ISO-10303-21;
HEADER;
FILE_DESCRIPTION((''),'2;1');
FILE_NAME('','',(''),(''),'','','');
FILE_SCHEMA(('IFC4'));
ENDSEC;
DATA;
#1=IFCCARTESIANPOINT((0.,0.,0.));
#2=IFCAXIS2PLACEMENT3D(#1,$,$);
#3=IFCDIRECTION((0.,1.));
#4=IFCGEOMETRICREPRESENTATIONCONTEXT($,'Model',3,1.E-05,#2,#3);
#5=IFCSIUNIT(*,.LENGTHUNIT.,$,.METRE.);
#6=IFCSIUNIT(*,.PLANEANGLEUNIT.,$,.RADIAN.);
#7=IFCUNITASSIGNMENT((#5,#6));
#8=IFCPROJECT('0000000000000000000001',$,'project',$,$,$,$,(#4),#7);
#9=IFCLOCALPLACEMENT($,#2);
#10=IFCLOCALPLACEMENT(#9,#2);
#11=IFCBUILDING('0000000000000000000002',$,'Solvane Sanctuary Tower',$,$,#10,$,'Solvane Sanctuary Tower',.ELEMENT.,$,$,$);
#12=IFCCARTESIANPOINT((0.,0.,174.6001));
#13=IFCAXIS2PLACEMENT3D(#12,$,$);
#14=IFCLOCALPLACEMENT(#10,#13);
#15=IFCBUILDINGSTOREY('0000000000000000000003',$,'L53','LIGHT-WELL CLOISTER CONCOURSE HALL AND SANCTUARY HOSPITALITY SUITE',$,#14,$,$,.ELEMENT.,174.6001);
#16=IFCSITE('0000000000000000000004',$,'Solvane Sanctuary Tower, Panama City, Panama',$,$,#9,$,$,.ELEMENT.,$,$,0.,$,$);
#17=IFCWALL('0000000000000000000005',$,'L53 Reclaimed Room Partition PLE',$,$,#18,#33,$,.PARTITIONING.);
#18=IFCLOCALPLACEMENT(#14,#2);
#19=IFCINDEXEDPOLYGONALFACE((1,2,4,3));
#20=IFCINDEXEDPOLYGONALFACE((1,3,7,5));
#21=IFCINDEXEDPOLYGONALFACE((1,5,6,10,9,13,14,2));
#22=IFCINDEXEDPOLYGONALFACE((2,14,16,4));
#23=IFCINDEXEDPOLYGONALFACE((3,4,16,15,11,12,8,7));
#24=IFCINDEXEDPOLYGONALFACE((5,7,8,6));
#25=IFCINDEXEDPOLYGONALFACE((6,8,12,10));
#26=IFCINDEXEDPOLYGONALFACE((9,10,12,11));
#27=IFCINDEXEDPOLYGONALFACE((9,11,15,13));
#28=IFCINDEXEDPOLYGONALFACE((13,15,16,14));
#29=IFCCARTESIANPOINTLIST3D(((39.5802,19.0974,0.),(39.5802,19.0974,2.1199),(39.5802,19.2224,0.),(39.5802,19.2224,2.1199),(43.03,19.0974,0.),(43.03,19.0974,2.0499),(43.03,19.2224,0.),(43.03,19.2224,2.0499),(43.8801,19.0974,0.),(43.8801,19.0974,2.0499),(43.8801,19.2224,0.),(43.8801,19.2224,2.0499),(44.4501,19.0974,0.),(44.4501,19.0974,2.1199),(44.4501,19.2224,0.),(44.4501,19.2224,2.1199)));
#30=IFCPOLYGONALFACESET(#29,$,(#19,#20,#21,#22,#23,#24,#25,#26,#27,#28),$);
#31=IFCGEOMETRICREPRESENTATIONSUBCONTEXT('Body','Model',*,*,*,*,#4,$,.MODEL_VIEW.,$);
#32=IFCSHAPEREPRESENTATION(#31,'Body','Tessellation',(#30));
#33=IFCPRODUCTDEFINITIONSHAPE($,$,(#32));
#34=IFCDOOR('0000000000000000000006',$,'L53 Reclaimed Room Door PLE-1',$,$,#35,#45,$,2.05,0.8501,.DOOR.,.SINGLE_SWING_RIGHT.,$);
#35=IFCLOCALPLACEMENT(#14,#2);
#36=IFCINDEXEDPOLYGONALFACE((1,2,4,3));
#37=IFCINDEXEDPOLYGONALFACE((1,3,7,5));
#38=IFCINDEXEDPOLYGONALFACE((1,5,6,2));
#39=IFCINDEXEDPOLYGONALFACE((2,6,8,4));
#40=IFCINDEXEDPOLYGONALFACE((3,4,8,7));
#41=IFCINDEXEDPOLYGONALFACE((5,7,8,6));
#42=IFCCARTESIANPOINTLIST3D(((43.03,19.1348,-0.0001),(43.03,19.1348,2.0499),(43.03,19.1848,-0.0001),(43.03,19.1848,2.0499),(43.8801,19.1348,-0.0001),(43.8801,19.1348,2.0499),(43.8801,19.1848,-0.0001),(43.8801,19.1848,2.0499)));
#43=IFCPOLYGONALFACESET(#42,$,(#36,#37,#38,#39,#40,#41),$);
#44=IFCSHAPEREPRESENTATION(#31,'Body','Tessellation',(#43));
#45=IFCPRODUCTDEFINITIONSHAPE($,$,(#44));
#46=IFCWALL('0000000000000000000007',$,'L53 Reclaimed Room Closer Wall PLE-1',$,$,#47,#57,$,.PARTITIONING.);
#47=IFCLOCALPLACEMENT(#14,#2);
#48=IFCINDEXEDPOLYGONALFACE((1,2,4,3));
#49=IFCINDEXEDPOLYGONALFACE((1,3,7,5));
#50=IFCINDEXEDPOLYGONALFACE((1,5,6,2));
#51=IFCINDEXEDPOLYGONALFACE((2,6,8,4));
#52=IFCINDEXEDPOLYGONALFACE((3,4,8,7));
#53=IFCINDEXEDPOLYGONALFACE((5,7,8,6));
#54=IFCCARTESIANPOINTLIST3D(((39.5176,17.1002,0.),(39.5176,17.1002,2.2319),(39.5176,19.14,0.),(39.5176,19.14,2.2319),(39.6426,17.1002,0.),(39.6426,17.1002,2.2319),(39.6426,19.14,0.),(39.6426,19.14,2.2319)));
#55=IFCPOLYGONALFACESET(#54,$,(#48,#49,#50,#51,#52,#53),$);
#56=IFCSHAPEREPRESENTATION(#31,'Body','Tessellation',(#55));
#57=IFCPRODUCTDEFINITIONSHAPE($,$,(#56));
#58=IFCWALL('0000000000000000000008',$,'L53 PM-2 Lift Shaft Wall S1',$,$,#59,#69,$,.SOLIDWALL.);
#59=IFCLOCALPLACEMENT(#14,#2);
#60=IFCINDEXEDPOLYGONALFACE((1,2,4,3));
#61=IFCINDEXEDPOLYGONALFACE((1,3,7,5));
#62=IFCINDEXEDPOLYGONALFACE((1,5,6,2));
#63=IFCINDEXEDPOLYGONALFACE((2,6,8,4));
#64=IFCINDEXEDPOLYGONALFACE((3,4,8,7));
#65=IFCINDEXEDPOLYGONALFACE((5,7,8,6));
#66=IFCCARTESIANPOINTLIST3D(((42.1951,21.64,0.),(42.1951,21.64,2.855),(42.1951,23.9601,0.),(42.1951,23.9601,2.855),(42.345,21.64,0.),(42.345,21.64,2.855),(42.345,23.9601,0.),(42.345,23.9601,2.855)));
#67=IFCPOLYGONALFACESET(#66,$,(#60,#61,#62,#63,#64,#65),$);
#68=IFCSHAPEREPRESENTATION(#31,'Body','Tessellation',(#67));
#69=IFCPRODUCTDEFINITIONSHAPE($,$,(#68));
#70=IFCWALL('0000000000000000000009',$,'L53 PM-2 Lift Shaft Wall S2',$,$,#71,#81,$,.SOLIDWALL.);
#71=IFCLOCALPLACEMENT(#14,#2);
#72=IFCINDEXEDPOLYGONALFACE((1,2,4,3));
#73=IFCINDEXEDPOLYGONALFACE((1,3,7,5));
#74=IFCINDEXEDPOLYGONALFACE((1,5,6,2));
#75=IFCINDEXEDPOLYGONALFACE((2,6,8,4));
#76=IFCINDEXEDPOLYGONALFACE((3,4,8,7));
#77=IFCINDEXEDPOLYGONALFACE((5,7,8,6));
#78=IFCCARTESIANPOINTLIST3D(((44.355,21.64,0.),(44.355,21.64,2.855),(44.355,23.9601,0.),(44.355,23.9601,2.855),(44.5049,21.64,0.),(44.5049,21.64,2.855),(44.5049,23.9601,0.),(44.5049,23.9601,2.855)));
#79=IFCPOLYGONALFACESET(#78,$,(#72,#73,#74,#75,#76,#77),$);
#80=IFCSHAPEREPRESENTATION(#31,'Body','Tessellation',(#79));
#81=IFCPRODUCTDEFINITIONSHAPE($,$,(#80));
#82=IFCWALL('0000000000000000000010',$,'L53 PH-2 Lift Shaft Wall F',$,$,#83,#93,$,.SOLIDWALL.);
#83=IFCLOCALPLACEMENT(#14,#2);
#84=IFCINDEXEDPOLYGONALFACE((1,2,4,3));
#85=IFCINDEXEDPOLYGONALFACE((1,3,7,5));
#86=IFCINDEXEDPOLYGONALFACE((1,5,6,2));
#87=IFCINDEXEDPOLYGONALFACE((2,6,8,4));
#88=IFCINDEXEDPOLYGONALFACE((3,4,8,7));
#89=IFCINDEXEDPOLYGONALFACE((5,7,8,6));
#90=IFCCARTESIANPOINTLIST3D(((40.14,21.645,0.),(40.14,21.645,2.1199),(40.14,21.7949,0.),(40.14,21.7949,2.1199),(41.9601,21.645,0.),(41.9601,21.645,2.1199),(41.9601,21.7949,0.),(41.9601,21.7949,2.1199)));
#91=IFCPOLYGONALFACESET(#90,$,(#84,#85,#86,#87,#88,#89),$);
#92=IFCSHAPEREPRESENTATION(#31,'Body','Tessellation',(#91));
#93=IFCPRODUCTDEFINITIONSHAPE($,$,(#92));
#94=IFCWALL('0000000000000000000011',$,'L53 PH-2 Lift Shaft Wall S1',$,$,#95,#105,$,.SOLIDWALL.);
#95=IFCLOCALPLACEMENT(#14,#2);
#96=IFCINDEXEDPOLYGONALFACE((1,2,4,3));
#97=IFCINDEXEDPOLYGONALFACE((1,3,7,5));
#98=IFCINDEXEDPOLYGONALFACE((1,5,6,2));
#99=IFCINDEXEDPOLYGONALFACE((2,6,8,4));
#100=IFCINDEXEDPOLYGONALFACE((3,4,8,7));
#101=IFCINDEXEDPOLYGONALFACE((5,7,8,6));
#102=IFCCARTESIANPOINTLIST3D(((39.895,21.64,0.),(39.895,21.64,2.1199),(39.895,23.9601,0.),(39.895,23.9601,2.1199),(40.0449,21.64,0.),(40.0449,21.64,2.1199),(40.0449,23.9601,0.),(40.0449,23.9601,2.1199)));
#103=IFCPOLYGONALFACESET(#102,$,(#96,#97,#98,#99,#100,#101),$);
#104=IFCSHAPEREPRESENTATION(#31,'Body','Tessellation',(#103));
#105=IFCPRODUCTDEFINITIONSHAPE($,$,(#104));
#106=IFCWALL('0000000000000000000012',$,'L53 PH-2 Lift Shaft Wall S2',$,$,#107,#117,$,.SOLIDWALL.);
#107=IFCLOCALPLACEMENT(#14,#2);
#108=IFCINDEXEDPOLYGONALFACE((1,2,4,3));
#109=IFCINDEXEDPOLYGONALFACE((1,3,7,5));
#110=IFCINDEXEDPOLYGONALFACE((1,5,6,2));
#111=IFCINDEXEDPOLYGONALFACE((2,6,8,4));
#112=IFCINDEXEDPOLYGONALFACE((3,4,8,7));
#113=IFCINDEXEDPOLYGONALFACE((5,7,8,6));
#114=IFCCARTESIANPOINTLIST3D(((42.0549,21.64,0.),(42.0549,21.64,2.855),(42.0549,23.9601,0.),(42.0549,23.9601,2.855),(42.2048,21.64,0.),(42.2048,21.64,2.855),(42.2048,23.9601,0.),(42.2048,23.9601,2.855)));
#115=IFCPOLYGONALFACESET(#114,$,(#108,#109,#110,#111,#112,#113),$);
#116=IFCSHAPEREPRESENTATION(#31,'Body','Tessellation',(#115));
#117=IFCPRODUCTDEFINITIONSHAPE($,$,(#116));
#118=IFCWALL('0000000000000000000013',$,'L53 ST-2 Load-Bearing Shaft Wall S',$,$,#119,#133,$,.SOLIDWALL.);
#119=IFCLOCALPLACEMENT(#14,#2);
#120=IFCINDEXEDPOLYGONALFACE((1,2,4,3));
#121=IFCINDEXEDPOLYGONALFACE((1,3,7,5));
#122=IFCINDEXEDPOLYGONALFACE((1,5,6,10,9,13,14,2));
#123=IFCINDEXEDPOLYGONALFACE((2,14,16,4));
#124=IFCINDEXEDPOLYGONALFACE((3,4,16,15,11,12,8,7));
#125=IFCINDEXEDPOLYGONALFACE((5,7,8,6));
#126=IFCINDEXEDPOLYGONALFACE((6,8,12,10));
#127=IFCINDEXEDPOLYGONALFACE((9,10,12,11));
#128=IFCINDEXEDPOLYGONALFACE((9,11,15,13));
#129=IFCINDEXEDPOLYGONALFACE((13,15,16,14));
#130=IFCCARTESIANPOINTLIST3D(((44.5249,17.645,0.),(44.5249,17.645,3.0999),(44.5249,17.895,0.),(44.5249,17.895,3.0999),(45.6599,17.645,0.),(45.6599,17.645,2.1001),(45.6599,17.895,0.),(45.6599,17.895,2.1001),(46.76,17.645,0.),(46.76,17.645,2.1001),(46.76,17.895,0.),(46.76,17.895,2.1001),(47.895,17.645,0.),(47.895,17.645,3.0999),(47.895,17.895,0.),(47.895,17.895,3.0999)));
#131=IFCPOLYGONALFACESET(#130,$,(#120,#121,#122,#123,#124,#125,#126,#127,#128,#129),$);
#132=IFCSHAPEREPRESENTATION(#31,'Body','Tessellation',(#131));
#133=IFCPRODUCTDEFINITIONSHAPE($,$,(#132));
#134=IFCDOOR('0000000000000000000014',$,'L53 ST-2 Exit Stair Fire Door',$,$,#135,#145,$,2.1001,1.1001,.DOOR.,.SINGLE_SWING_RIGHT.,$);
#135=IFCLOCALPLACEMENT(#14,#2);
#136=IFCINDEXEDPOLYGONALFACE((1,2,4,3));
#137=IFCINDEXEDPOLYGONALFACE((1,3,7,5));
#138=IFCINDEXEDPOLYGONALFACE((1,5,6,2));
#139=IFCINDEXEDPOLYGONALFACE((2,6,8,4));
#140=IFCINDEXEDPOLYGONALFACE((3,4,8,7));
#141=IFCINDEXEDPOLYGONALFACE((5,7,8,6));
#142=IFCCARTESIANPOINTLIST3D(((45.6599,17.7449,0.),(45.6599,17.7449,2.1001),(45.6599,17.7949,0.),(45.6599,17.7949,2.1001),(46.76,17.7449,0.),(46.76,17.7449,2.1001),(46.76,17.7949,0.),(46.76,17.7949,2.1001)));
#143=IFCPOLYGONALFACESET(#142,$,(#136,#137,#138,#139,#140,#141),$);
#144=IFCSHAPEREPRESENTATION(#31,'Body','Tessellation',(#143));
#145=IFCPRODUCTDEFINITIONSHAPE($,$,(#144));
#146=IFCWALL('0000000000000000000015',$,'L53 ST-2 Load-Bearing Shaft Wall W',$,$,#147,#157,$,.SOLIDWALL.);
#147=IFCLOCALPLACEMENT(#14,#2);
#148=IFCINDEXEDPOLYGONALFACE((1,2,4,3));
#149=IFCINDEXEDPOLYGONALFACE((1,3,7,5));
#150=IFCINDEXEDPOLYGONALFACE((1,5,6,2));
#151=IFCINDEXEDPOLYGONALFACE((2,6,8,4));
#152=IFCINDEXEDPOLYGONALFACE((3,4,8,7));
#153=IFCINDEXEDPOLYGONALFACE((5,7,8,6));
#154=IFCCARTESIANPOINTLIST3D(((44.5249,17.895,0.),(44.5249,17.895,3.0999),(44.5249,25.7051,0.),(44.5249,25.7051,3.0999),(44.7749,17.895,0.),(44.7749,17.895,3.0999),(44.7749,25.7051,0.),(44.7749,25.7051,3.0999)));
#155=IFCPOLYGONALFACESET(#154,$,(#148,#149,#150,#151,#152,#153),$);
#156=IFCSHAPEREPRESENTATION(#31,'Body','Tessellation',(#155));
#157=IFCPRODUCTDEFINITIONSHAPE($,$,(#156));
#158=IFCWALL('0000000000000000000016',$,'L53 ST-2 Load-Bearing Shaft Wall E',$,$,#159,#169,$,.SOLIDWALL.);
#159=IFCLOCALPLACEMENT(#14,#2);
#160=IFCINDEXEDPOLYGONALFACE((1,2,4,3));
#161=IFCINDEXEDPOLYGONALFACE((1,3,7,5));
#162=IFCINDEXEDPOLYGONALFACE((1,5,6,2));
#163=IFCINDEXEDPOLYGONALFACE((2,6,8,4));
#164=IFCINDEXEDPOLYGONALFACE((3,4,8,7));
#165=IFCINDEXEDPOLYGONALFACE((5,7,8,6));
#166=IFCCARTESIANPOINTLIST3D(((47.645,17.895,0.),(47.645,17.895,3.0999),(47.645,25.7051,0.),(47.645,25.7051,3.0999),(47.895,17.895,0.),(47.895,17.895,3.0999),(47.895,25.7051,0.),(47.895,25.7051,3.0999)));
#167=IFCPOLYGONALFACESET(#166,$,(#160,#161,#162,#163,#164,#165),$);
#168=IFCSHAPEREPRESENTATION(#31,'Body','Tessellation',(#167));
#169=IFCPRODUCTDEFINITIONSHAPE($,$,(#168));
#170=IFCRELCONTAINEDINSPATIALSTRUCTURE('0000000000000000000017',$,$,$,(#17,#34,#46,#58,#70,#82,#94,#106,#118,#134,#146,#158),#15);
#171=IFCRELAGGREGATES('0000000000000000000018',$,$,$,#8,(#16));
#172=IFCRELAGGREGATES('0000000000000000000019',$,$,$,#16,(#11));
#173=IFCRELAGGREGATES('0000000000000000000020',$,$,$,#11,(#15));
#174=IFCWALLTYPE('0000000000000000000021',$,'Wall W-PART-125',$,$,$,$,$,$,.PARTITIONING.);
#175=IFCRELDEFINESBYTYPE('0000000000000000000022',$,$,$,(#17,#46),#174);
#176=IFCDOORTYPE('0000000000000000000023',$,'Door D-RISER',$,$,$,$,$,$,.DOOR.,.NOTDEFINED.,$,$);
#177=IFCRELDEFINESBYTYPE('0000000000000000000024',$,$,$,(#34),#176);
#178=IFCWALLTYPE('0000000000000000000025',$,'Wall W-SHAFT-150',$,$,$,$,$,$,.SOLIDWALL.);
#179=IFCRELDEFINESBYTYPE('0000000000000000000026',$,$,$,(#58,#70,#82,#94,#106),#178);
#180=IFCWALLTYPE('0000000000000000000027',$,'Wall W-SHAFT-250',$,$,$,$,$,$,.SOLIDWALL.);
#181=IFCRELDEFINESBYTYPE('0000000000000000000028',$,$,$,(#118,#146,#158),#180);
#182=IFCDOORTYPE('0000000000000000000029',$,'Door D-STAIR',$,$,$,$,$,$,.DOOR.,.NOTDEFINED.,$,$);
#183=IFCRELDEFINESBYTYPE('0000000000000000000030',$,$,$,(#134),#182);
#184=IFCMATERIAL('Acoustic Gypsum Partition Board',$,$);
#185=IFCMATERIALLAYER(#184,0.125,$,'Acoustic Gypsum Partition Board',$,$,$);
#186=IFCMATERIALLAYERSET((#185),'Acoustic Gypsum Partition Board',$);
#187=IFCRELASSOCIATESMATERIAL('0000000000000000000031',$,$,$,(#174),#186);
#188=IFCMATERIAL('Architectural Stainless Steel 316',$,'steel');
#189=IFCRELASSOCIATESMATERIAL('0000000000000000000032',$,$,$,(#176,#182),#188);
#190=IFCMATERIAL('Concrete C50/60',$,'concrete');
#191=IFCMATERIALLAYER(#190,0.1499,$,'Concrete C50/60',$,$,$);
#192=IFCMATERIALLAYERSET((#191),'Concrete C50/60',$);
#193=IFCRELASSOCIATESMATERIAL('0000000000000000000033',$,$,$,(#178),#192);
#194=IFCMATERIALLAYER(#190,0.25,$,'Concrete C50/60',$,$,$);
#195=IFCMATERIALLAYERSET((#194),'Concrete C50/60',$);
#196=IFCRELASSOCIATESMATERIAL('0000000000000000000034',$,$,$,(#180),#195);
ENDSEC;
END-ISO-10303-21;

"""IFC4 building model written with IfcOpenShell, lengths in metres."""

from ifc_helpers import new_model, si_unit, direction, frame, frame_2d, origin, place, context, subcontext, project, spatial, rectangle, extrude, material, layer, layer_set, type_object, element, fill, save


model = new_model("IFC4")

# Units and contexts
model_context = context("Model", 3, precision=1e-05, world=origin(), true_north=direction((0.0, 1.0)))
body_context = subcontext(model_context, "Body", "Model", "MODEL_VIEW")
ifc_project = project(units=[si_unit("LENGTHUNIT", "METRE"), si_unit("PLANEANGLEUNIT", "RADIAN")], contexts=[model_context])

# Site, building, storey
site_placement = place(None, origin())
site = spatial("IfcSite", under=ifc_project, at=site_placement, Name="Solvane Sanctuary Tower, Panama City, Panama", CompositionType="ELEMENT", RefElevation=0.0)
building_placement = place(site_placement, origin())
building = spatial("IfcBuilding", under=site, at=building_placement, Name="Solvane Sanctuary Tower", LongName="Solvane Sanctuary Tower", CompositionType="ELEMENT")
storey_placement = place(building_placement, frame((0.0, 0.0, 174.6001)))
storey = spatial("IfcBuildingStorey", under=building, at=storey_placement, Name="L53", Description="LIGHT-WELL CLOISTER CONCOURSE HALL AND SANCTUARY HOSPITALITY SUITE", CompositionType="ELEMENT", Elevation=174.6001)

# Shared definitions
ifc_material_1 = material(Name="Concrete C50/60", Category="concrete")

# Shared definitions
ifc_material_2 = material(Name="Acoustic Gypsum Partition Board")

# Wall, opening, door
ifc_layer_1 = layer(ifc_material_2, 0.125, Name="Acoustic Gypsum Partition Board")
ifc_layer_set_1 = layer_set([ifc_layer_1], Name="Acoustic Gypsum Partition Board")
wall_type_1 = type_object("IfcWallType", Name="Wall W-PART-125", PredefinedType="PARTITIONING", material=ifc_layer_set_1)
wall_1_placement = place(storey_placement, frame((39.5801, 19.1599, 0.0), z_axis=(0.0, 0.0, 1.0), x_axis=(1.0, 0.0, 0.0)))
wall_1 = element("IfcWall", 1, at=wall_1_placement, inside=storey, type_object=wall_type_1, Name="L53 Reclaimed Room Partition PLE", PredefinedType="PARTITIONING", context=body_context, shape_type="SweptSolid", body=[
    extrude(rectangle(XDim=4.8699, YDim=0.125, at=frame_2d((2.4351, 0.0))), origin(), (0.0, 0.0, 1.0), 2.1199),
])
opening_1_placement = place(wall_1_placement, frame((3.45, 0.0, 0.0)))
opening_1 = element("IfcOpeningElement", 2, at=opening_1_placement, cuts=wall_1, PredefinedType="OPENING", context=body_context, shape_type="SweptSolid", body=[
    extrude(rectangle(XDim=0.8501, YDim=2.05, at=frame_2d((0.425, 1.0249))), frame((0.0, 0.0725, 0.0), z_axis=(0.0, -1.0, 0.0), x_axis=(1.0, 0.0, 0.0)), (0.0, 0.0, 1.0), 0.145),
])
ifc_material_3 = material(Name="Architectural Stainless Steel 316", Category="steel")
door_type_1 = type_object("IfcDoorType", Name="Door D-RISER", OperationType="NOTDEFINED", PredefinedType="DOOR", material=ifc_material_3)
door_1_placement = place(opening_1_placement, origin())
door_1 = element("IfcDoor", 3, at=door_1_placement, inside=storey, type_object=door_type_1, Name="L53 Reclaimed Room Door PLE-1", OperationType="SINGLE_SWING_RIGHT", OverallHeight=2.05, OverallWidth=0.8501, PredefinedType="DOOR", context=body_context, shape_type="SweptSolid", body=[
    extrude(rectangle(XDim=0.8501, YDim=2.05, at=frame_2d((0.425, 1.0249))), frame((0.0, 0.0249, 0.0), z_axis=(0.0, -1.0, 0.0), x_axis=(1.0, 0.0, 0.0)), (0.0, 0.0, 1.0), 0.05),
])
fill(opening_1, door_1)

# Walls
wall_2_placement = place(storey_placement, frame((39.5801, 17.1001, 0.0), z_axis=(0.0, 0.0, 1.0), x_axis=(0.0, 1.0, 0.0)))
element("IfcWall", 4, at=wall_2_placement, inside=storey, type_object=wall_type_1, Name="L53 Reclaimed Room Closer Wall PLE-1", PredefinedType="PARTITIONING", context=body_context, shape_type="SweptSolid", body=[
    extrude(rectangle(XDim=2.0398, YDim=0.125, at=frame_2d((1.02, 0.0))), origin(), (0.0, 0.0, 1.0), 2.2319),
])
ifc_layer_2 = layer(ifc_material_1, 0.1499, Name="Concrete C50/60")
ifc_layer_set_2 = layer_set([ifc_layer_2], Name="Concrete C50/60")
wall_type_2 = type_object("IfcWallType", Name="Wall W-SHAFT-150", PredefinedType="SOLIDWALL", material=ifc_layer_set_2)
for number, where, z_axis, x_axis, name in (
    (5, (42.27, 21.6399, 0.0), (0.0, 0.0, 1.0), (0.0, 1.0, 0.0), "L53 PM-2 Lift Shaft Wall S1"),
    (6, (44.4299, 21.6399, 0.0), (0.0, 0.0, 1.0), (0.0, 1.0, 0.0), "L53 PM-2 Lift Shaft Wall S2"),
):
    element("IfcWall", number, at=place(storey_placement, frame(where, z_axis=z_axis, x_axis=x_axis)), inside=storey, type_object=wall_type_2, Name=name, PredefinedType="SOLIDWALL", context=body_context, shape_type="SweptSolid", body=[
        extrude(rectangle(XDim=2.3201, YDim=0.1499, at=frame_2d((1.1602, 0.0))), origin(), (0.0, 0.0, 1.0), 2.855),
    ])
wall_3_placement = place(storey_placement, frame((40.1399, 21.72, 0.0), z_axis=(0.0, 0.0, 1.0), x_axis=(1.0, 0.0, 0.0)))
element("IfcWall", 7, at=wall_3_placement, inside=storey, type_object=wall_type_2, Name="L53 PH-2 Lift Shaft Wall F", PredefinedType="SOLIDWALL", context=body_context, shape_type="SweptSolid", body=[
    extrude(rectangle(XDim=1.8201, YDim=0.1499, at=frame_2d((0.9102, 0.0))), origin(), (0.0, 0.0, 1.0), 2.1199),
])
wall_4_placement = place(storey_placement, frame((39.97, 21.6399, 0.0), z_axis=(0.0, 0.0, 1.0), x_axis=(0.0, 1.0, 0.0)))
element("IfcWall", 8, at=wall_4_placement, inside=storey, type_object=wall_type_2, Name="L53 PH-2 Lift Shaft Wall S1", PredefinedType="SOLIDWALL", context=body_context, shape_type="SweptSolid", body=[
    extrude(rectangle(XDim=2.3201, YDim=0.1499, at=frame_2d((1.1602, 0.0))), origin(), (0.0, 0.0, 1.0), 2.1199),
])
wall_5_placement = place(storey_placement, frame((42.1299, 21.6399, 0.0), z_axis=(0.0, 0.0, 1.0), x_axis=(0.0, 1.0, 0.0)))
element("IfcWall", 9, at=wall_5_placement, inside=storey, type_object=wall_type_2, Name="L53 PH-2 Lift Shaft Wall S2", PredefinedType="SOLIDWALL", context=body_context, shape_type="SweptSolid", body=[
    extrude(rectangle(XDim=2.3201, YDim=0.1499, at=frame_2d((1.1602, 0.0))), origin(), (0.0, 0.0, 1.0), 2.855),
])

# Wall, opening, door
ifc_layer_3 = layer(ifc_material_1, 0.25, Name="Concrete C50/60")
ifc_layer_set_3 = layer_set([ifc_layer_3], Name="Concrete C50/60")
wall_type_3 = type_object("IfcWallType", Name="Wall W-SHAFT-250", PredefinedType="SOLIDWALL", material=ifc_layer_set_3)
wall_6_placement = place(storey_placement, frame((44.5249, 17.77, 0.0), z_axis=(0.0, 0.0, 1.0), x_axis=(1.0, 0.0, 0.0)))
wall_6 = element("IfcWall", 10, at=wall_6_placement, inside=storey, type_object=wall_type_3, Name="L53 ST-2 Load-Bearing Shaft Wall S", PredefinedType="SOLIDWALL", context=body_context, shape_type="SweptSolid", body=[
    extrude(rectangle(XDim=3.3701, YDim=0.25, at=frame_2d((1.6851, 0.0))), origin(), (0.0, 0.0, 1.0), 3.0999),
])
opening_2_placement = place(wall_6_placement, frame((1.135, 0.0, 0.0)))
opening_2 = element("IfcOpeningElement", 11, at=opening_2_placement, cuts=wall_6, PredefinedType="OPENING", context=body_context, shape_type="SweptSolid", body=[
    extrude(rectangle(XDim=1.1001, YDim=2.1001, at=frame_2d((0.55, 1.05))), frame((0.0, 0.135, 0.0), z_axis=(0.0, -1.0, 0.0), x_axis=(1.0, 0.0, 0.0)), (0.0, 0.0, 1.0), 0.27),
])
door_type_2 = type_object("IfcDoorType", Name="Door D-STAIR", OperationType="NOTDEFINED", PredefinedType="DOOR", material=ifc_material_3)
door_2_placement = place(opening_2_placement, origin())
door_2 = element("IfcDoor", 12, at=door_2_placement, inside=storey, type_object=door_type_2, Name="L53 ST-2 Exit Stair Fire Door", OperationType="SINGLE_SWING_RIGHT", OverallHeight=2.1001, OverallWidth=1.1001, PredefinedType="DOOR", context=body_context, shape_type="SweptSolid", body=[
    extrude(rectangle(XDim=1.1001, YDim=2.1001, at=frame_2d((0.55, 1.05))), frame((0.0, 0.0249, 0.0), z_axis=(0.0, -1.0, 0.0), x_axis=(1.0, 0.0, 0.0)), (0.0, 0.0, 1.0), 0.05),
])
fill(opening_2, door_2)

# Walls
for number, where, z_axis, x_axis, name in (
    (13, (44.6499, 17.895, 0.0), (0.0, 0.0, 1.0), (0.0, 1.0, 0.0), "L53 ST-2 Load-Bearing Shaft Wall W"),
    (14, (47.77, 17.895, 0.0), (0.0, 0.0, 1.0), (0.0, 1.0, 0.0), "L53 ST-2 Load-Bearing Shaft Wall E"),
):
    element("IfcWall", number, at=place(storey_placement, frame(where, z_axis=z_axis, x_axis=x_axis)), inside=storey, type_object=wall_type_3, Name=name, PredefinedType="SOLIDWALL", context=body_context, shape_type="SweptSolid", body=[
        extrude(rectangle(XDim=7.8101, YDim=0.25, at=frame_2d((3.905, 0.0))), origin(), (0.0, 0.0, 1.0), 3.0999),
    ])

save(model, "model.ifc")
